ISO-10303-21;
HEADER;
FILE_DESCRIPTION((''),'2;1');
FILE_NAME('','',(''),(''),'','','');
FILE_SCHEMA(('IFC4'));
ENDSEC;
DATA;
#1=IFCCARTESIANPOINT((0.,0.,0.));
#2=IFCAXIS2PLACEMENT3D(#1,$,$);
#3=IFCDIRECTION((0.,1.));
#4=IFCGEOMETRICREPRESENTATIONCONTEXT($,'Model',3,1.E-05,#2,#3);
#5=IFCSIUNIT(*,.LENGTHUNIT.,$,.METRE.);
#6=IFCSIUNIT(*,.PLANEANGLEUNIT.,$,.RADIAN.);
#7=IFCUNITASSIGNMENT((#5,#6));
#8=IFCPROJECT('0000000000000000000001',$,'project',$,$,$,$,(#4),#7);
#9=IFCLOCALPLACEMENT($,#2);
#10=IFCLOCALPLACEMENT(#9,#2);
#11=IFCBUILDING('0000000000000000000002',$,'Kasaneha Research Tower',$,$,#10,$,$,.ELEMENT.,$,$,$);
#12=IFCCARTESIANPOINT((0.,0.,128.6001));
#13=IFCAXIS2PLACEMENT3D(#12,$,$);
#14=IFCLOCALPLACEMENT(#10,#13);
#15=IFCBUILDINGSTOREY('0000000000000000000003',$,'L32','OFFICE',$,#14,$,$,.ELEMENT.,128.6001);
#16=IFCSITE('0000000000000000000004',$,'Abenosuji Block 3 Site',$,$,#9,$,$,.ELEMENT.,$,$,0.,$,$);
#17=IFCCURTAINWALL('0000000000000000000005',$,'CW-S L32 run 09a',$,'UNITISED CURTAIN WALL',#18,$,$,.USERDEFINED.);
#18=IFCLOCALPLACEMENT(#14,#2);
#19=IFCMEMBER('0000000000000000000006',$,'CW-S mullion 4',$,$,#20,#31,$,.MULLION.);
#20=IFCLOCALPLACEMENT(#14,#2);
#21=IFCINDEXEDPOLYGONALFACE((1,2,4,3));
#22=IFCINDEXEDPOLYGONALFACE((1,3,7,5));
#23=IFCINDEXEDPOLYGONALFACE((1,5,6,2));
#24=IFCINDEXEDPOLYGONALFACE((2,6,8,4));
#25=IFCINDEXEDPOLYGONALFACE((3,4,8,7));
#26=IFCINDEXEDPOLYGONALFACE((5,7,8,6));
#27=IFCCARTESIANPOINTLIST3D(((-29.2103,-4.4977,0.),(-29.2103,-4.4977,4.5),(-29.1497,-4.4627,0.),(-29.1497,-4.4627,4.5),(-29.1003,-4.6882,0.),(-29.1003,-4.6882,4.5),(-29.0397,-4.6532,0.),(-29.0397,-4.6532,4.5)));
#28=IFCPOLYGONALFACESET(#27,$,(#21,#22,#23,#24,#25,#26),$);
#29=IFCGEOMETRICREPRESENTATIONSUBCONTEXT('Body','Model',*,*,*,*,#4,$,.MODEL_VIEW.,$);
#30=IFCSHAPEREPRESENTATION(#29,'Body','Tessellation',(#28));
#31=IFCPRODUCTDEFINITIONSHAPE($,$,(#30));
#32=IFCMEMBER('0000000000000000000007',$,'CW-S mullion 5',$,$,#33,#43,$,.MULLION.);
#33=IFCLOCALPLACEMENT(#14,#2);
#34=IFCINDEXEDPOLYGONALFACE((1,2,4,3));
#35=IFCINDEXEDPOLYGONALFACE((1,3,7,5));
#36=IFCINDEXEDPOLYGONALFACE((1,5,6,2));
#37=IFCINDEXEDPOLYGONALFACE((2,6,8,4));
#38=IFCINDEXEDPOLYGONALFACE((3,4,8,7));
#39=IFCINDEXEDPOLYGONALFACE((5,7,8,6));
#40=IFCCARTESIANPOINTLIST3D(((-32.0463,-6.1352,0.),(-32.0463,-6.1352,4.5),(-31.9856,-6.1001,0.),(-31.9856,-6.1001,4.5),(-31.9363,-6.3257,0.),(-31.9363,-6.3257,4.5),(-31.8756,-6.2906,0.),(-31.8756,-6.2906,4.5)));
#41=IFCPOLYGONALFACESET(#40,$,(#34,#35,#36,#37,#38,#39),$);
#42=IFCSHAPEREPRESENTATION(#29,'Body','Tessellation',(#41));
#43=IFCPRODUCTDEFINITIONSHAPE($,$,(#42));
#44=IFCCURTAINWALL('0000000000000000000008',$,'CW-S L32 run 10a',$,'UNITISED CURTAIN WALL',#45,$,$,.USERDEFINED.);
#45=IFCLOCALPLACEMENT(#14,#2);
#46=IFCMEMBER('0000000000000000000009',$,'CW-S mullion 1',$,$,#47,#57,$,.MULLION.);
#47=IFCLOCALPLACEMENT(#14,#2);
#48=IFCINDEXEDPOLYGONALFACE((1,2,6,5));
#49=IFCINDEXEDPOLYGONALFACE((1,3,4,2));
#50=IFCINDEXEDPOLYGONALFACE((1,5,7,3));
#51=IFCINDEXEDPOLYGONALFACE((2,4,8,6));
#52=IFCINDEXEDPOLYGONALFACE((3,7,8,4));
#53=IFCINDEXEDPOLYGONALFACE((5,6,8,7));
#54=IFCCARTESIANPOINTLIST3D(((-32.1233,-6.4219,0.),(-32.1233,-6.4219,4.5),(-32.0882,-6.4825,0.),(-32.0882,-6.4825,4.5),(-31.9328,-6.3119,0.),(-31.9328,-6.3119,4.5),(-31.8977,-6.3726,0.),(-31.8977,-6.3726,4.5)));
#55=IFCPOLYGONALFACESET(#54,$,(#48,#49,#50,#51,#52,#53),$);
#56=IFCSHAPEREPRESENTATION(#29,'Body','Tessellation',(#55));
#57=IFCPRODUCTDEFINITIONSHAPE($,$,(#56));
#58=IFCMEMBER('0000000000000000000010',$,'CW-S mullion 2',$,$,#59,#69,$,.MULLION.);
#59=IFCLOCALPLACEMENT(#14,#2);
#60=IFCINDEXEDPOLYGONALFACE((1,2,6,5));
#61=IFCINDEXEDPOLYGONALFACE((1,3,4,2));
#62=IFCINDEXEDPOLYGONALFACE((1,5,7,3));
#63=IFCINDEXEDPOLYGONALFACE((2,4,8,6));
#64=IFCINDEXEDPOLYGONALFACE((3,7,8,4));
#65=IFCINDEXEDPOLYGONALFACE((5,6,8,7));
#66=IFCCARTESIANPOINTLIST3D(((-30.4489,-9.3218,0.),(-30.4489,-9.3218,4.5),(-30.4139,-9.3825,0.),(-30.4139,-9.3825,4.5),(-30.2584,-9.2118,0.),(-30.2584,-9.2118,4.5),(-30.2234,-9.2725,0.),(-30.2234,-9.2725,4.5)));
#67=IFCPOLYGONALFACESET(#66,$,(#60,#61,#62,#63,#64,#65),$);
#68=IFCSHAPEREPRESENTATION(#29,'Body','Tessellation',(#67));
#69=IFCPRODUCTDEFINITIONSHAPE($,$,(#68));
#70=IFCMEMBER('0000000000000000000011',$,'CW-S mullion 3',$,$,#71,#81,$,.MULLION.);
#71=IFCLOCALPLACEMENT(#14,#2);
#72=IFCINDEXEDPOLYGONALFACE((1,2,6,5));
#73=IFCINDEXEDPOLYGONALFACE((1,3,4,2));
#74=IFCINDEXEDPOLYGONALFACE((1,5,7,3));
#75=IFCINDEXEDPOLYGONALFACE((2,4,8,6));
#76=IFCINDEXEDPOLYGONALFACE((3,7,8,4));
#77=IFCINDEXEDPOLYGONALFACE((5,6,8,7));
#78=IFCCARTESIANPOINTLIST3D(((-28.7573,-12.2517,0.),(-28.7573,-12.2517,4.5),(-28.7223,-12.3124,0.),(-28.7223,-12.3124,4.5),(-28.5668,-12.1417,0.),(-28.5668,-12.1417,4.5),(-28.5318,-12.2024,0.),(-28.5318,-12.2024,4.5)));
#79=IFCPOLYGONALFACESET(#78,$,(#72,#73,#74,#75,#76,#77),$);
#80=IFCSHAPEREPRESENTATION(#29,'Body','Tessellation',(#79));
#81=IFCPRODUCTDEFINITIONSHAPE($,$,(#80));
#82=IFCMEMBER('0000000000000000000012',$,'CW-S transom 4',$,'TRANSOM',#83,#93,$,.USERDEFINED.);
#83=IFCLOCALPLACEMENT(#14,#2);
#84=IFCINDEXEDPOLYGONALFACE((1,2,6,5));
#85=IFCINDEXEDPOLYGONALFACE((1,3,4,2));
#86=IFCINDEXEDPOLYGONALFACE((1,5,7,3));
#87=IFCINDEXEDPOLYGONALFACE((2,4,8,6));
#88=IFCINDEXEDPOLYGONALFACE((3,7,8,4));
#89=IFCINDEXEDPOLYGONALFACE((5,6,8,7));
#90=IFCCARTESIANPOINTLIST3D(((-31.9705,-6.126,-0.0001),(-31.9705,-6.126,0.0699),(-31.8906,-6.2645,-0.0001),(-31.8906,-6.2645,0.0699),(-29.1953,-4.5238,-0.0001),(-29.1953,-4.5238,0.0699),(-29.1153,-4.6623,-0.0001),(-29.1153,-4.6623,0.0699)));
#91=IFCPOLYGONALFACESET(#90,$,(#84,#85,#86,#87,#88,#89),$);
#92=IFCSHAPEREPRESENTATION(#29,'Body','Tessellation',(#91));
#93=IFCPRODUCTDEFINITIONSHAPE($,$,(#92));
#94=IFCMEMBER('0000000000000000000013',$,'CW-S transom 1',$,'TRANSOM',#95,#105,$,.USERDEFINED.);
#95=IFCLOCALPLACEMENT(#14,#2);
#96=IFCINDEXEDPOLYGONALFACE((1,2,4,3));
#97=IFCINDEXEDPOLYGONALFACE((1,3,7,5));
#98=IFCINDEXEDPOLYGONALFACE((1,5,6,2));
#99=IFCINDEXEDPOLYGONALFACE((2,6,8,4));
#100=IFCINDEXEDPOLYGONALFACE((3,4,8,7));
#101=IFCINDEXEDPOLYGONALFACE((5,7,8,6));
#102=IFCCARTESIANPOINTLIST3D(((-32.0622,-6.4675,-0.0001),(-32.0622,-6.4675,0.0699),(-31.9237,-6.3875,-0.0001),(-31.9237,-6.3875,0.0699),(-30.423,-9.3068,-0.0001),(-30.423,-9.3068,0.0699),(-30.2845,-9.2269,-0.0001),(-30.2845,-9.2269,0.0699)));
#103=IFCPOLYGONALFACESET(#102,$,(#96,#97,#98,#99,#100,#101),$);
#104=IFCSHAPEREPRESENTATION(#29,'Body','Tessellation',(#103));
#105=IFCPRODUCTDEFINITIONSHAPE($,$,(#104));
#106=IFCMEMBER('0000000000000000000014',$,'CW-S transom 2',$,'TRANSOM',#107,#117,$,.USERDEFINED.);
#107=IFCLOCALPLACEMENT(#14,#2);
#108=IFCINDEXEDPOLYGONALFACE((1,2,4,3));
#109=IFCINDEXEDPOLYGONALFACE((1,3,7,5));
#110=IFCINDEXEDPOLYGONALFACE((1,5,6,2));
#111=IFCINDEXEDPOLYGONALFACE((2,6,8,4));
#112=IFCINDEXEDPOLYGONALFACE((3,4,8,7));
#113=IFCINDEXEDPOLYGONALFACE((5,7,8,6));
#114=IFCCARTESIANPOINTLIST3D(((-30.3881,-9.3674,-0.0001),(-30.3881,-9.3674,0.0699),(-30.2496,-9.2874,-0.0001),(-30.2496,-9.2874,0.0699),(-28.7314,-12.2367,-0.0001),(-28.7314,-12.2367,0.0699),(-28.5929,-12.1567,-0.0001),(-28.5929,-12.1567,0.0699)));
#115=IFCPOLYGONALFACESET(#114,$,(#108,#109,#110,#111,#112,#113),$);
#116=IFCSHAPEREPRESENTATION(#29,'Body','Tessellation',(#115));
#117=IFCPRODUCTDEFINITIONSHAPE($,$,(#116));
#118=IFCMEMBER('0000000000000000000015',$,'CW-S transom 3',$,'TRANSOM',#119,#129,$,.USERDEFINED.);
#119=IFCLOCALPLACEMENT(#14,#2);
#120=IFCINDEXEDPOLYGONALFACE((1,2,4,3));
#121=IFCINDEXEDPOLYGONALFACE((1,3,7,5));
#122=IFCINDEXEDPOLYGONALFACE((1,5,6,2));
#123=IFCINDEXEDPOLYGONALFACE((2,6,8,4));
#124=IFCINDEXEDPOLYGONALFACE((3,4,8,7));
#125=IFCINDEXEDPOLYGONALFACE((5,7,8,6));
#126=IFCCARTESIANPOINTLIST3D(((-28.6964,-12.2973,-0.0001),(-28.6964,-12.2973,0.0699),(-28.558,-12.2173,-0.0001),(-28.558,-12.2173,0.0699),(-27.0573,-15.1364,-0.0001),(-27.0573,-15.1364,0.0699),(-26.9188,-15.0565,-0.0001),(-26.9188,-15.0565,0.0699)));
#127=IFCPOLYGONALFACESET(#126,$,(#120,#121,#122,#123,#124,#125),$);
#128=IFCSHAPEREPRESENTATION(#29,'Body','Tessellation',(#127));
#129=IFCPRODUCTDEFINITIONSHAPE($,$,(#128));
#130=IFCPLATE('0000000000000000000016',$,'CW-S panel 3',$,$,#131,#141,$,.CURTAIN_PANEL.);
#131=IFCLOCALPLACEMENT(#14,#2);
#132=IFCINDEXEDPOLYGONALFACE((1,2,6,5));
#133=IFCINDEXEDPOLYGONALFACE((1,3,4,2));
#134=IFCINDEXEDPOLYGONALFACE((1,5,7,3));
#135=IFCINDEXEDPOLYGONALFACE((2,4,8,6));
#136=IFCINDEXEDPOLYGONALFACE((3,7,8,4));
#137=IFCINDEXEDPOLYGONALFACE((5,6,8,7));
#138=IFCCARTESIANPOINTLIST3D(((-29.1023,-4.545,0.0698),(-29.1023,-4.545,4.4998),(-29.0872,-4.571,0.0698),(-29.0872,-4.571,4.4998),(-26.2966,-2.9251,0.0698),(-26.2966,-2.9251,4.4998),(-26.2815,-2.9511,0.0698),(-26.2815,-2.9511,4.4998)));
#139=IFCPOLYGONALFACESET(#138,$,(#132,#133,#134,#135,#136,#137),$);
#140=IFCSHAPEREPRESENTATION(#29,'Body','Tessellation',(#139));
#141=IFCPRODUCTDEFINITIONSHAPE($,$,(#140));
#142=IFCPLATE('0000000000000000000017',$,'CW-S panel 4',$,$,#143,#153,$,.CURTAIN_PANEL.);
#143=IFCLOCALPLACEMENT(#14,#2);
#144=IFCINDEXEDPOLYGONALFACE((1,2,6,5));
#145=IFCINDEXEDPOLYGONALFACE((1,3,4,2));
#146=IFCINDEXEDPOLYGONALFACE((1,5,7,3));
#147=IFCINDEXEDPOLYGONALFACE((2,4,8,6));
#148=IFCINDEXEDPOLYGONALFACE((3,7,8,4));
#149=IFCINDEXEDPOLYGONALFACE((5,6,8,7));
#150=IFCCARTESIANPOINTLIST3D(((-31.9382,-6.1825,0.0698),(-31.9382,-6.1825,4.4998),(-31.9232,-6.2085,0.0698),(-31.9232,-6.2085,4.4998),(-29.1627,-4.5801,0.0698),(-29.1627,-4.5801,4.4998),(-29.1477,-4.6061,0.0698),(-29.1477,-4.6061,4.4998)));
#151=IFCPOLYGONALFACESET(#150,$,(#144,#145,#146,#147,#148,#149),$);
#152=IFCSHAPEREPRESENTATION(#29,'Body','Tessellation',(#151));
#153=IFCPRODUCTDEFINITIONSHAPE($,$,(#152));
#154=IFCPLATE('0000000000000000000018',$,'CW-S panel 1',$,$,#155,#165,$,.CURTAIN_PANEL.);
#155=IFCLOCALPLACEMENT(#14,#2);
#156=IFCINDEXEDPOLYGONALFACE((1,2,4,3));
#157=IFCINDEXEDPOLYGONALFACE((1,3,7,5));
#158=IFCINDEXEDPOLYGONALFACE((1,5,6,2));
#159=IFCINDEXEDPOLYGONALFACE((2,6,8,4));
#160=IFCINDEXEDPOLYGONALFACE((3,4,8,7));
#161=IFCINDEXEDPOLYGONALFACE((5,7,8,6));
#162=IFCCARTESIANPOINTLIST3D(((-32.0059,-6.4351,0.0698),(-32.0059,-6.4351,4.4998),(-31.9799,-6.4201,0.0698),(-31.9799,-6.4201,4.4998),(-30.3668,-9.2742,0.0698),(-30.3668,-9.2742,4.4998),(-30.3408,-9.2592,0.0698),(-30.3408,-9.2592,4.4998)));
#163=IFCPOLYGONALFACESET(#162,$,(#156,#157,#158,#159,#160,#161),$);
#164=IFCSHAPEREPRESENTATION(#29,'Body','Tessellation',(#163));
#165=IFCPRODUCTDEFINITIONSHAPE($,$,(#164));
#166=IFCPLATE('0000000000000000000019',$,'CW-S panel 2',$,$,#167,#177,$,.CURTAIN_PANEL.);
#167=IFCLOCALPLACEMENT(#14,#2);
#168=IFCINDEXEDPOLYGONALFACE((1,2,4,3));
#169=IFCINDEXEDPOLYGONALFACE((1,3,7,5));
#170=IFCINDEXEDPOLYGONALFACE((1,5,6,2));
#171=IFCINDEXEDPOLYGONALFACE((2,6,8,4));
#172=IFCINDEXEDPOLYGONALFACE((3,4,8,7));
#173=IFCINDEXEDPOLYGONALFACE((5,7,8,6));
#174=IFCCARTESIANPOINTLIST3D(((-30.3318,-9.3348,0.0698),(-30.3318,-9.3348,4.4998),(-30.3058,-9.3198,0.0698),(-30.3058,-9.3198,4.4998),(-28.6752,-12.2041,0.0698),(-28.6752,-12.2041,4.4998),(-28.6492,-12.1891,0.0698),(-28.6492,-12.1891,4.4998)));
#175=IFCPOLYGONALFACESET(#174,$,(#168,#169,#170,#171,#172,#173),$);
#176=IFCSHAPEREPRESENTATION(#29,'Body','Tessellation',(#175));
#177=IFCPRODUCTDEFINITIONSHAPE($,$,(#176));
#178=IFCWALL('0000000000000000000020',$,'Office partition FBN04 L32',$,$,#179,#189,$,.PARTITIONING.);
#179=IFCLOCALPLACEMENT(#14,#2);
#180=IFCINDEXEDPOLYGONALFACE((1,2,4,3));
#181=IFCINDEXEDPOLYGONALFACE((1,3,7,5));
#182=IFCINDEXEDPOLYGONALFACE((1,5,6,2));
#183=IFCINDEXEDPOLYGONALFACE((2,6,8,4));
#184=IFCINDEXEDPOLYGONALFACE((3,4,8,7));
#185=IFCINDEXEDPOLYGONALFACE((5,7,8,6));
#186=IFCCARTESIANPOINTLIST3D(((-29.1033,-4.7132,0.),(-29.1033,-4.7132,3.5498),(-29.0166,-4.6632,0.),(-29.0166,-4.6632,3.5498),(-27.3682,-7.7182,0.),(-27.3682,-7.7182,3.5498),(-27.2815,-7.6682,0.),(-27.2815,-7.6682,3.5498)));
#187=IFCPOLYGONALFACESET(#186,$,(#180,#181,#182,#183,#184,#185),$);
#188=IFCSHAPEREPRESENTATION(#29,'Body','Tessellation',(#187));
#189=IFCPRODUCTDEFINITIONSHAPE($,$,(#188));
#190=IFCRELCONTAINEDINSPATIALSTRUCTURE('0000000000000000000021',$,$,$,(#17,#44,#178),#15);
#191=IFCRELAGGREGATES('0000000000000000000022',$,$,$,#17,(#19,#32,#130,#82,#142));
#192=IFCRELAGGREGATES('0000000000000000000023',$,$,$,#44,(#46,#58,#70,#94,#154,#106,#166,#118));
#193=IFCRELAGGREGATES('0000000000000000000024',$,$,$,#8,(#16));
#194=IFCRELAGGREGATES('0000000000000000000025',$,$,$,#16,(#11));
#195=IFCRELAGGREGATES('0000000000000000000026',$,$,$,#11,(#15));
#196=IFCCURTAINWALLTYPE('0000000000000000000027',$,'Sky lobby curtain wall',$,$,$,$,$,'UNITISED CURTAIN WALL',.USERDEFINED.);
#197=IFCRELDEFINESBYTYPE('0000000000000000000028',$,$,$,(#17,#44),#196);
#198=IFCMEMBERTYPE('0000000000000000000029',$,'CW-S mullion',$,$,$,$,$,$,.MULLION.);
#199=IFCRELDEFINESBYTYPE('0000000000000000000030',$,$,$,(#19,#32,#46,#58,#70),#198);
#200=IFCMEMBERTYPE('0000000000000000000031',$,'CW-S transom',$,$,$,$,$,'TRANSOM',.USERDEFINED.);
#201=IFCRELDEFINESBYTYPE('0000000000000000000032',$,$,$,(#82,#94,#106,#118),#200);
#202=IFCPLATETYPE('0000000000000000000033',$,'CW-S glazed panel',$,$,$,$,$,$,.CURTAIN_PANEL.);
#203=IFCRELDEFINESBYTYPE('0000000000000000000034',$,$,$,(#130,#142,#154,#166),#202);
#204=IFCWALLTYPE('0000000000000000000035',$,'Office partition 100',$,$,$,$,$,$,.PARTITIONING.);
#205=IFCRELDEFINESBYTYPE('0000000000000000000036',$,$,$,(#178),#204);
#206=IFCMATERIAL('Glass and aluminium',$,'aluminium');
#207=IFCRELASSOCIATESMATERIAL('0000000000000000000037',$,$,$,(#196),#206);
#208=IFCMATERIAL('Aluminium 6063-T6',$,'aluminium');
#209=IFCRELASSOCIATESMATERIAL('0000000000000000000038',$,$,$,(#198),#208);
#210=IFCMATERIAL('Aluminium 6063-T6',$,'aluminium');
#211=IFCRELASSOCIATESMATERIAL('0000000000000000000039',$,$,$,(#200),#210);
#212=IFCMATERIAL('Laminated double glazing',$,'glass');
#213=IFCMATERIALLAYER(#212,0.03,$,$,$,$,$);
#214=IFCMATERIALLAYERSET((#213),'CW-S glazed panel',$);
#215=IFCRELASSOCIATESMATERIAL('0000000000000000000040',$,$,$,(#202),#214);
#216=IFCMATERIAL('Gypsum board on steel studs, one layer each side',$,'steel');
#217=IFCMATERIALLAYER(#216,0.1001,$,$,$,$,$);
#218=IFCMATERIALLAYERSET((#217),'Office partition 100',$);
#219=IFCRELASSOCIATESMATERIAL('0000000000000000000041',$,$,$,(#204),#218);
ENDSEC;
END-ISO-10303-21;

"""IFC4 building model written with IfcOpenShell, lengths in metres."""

from ifc_helpers import new_model, si_unit, direction, frame, frame_2d, origin, origin_2d, place, context, subcontext, project, spatial, rectangle, extrude, material, layer, layer_set, material_profile, profile_set, type_object, element, aggregate, save


model = new_model("IFC4")

# Units and contexts
model_context = context("Model", 3, precision=1e-05, world=origin(), true_north=direction((0.0, 1.0)))
body_context = subcontext(model_context, "Body", "Model", "MODEL_VIEW")
ifc_project = project(units=[si_unit("LENGTHUNIT", "METRE"), si_unit("PLANEANGLEUNIT", "RADIAN")], contexts=[model_context])

# Site, building, storey
site_placement = place(None, origin())
site = spatial("IfcSite", under=ifc_project, at=site_placement, Name="Abenosuji Block 3 Site", CompositionType="ELEMENT", RefElevation=0.0)
building_placement = place(site_placement, origin())
building = spatial("IfcBuilding", under=site, at=building_placement, Name="Kasaneha Research Tower", CompositionType="ELEMENT")
storey_placement = place(building_placement, frame((0.0, 0.0, 128.6001)))
storey = spatial("IfcBuildingStorey", under=building, at=storey_placement, Name="L32", Description="OFFICE", CompositionType="ELEMENT", Elevation=128.6001)

# Curtain walls, members
ifc_material_1 = material(Name="Glass and aluminium", Category="aluminium")
curtain_wall_type = type_object("IfcCurtainWallType", Name="Sky lobby curtain wall", ElementType="UNITISED CURTAIN WALL", PredefinedType="USERDEFINED", material=ifc_material_1)
curtain_wall_1_placement = place(storey_placement, origin())
curtain_wall_1 = element("IfcCurtainWall", 1, at=curtain_wall_1_placement, inside=storey, type_object=curtain_wall_type, Name="CW-S L32 run 09a", ObjectType="UNITISED CURTAIN WALL", PredefinedType="USERDEFINED")
ifc_material_2 = material(Name="Aluminium 6063-T6", Category="aluminium")
ifc_material_profile_1 = material_profile(ifc_material_2, rectangle(XDim=0.0701, YDim=0.22, at=origin_2d()), Name="CW-S mullion 70x220")
ifc_profile_set_1 = profile_set([ifc_material_profile_1], Name="Aluminium 6063-T6")
member_type_1 = type_object("IfcMemberType", Name="CW-S mullion", PredefinedType="MULLION", material=ifc_profile_set_1)
member_1_placement = place(storey_placement, frame((-29.125, -4.5754, 0.0), z_axis=(0.0, 0.0, 1.0), x_axis=(-0.866025, -0.5, 0.0)))
member_1 = element("IfcMember", 2, at=member_1_placement, type_object=member_type_1, Name="CW-S mullion 4", PredefinedType="MULLION", context=body_context, shape_type="SweptSolid", body=[
    extrude(rectangle(XDim=0.0701, YDim=0.22, at=origin_2d()), origin(), (0.0, 0.0, 1.0), 4.5),
])
member_2_placement = place(storey_placement, frame((-31.9609, -6.2129, 0.0), z_axis=(0.0, 0.0, 1.0), x_axis=(-0.866025, -0.5, 0.0)))
member_2 = element("IfcMember", 3, at=member_2_placement, type_object=member_type_1, Name="CW-S mullion 5", PredefinedType="MULLION", context=body_context, shape_type="SweptSolid", body=[
    extrude(rectangle(XDim=0.0701, YDim=0.22, at=origin_2d()), origin(), (0.0, 0.0, 1.0), 4.5),
])
curtain_wall_2_placement = place(storey_placement, origin())
curtain_wall_2 = element("IfcCurtainWall", 4, at=curtain_wall_2_placement, inside=storey, type_object=curtain_wall_type, Name="CW-S L32 run 10a", ObjectType="UNITISED CURTAIN WALL", PredefinedType="USERDEFINED")
member_3_placement = place(storey_placement, frame((-32.0105, -6.3972, 0.0), z_axis=(0.0, 0.0, 1.0), x_axis=(0.5, -0.866025, 0.0)))
member_3 = element("IfcMember", 5, at=member_3_placement, type_object=member_type_1, Name="CW-S mullion 1", PredefinedType="MULLION", context=body_context, shape_type="SweptSolid", body=[
    extrude(rectangle(XDim=0.0701, YDim=0.22, at=origin_2d()), origin(), (0.0, 0.0, 1.0), 4.5),
])
member_4_placement = place(storey_placement, frame((-30.3362, -9.2971, 0.0), z_axis=(0.0, 0.0, 1.0), x_axis=(0.5, -0.866025, 0.0)))
member_4 = element("IfcMember", 6, at=member_4_placement, type_object=member_type_1, Name="CW-S mullion 2", PredefinedType="MULLION", context=body_context, shape_type="SweptSolid", body=[
    extrude(rectangle(XDim=0.0701, YDim=0.22, at=origin_2d()), origin(), (0.0, 0.0, 1.0), 4.5),
])
member_5_placement = place(storey_placement, frame((-28.6445, -12.2271, 0.0), z_axis=(0.0, 0.0, 1.0), x_axis=(0.5, -0.866025, 0.0)))
member_5 = element("IfcMember", 7, at=member_5_placement, type_object=member_type_1, Name="CW-S mullion 3", PredefinedType="MULLION", context=body_context, shape_type="SweptSolid", body=[
    extrude(rectangle(XDim=0.0701, YDim=0.22, at=origin_2d()), origin(), (0.0, 0.0, 1.0), 4.5),
])

# Members
ifc_material_3 = material(Name="Aluminium 6063-T6", Category="aluminium")
ifc_material_profile_2 = material_profile(ifc_material_3, rectangle(XDim=0.1599, YDim=0.0701, at=origin_2d()), Name="CW-S transom 160x70")
ifc_profile_set_2 = profile_set([ifc_material_profile_2], Name="Aluminium 6063-T6")
member_type_2 = type_object("IfcMemberType", Name="CW-S transom", ElementType="TRANSOM", PredefinedType="USERDEFINED", material=ifc_profile_set_2)
member_6_placement = place(storey_placement, frame((-29.1553, -4.593, 0.0349), z_axis=(-0.866036, -0.499982, 0.0), x_axis=(0.499982, -0.866036, 0.0)))
member_6 = element("IfcMember", 8, at=member_6_placement, type_object=member_type_2, Name="CW-S transom 4", ObjectType="TRANSOM", PredefinedType="USERDEFINED", context=body_context, shape_type="SweptSolid", body=[
    extrude(rectangle(XDim=0.1599, YDim=0.0701, at=origin_2d()), origin(), (0.0, 0.0, 1.0), 3.2046),
])
member_7_placement = place(storey_placement, frame((-31.9929, -6.4275, 0.0349), z_axis=(0.499967, -0.866044, 0.0), x_axis=(0.866044, 0.499967, 0.0)))
member_7 = element("IfcMember", 9, at=member_7_placement, type_object=member_type_2, Name="CW-S transom 1", ObjectType="TRANSOM", PredefinedType="USERDEFINED", context=body_context, shape_type="SweptSolid", body=[
    extrude(rectangle(XDim=0.1599, YDim=0.0701, at=origin_2d()), origin(), (0.0, 0.0, 1.0), 3.2786),
])
member_8_placement = place(storey_placement, frame((-30.3188, -9.3274, 0.0349), z_axis=(0.500022, -0.866013, 0.0), x_axis=(0.866013, 0.500022, 0.0)))
member_8 = element("IfcMember", 10, at=member_8_placement, type_object=member_type_2, Name="CW-S transom 2", ObjectType="TRANSOM", PredefinedType="USERDEFINED", context=body_context, shape_type="SweptSolid", body=[
    extrude(rectangle(XDim=0.1599, YDim=0.0701, at=origin_2d()), origin(), (0.0, 0.0, 1.0), 3.3132),
])
member_9_placement = place(storey_placement, frame((-28.6272, -12.2573, 0.0349), z_axis=(0.5, -0.866026, 0.0), x_axis=(0.866026, 0.5, 0.0)))
member_9 = element("IfcMember", 11, at=member_9_placement, type_object=member_type_2, Name="CW-S transom 3", ObjectType="TRANSOM", PredefinedType="USERDEFINED", context=body_context, shape_type="SweptSolid", body=[
    extrude(rectangle(XDim=0.1599, YDim=0.0701, at=origin_2d()), origin(), (0.0, 0.0, 1.0), 3.2783),
])

# Plates
ifc_material_4 = material(Name="Laminated double glazing", Category="glass")
ifc_layer_1 = layer(ifc_material_4, 0.03)
ifc_layer_set_1 = layer_set([ifc_layer_1], Name="CW-S glazed panel")
plate_type = type_object("IfcPlateType", Name="CW-S glazed panel", PredefinedType="CURTAIN_PANEL", material=ifc_layer_set_1)
plate_1_placement = place(storey_placement, frame((-27.6919, -3.748, 0.0698), z_axis=(0.0, 0.0, 1.0), x_axis=(-0.866025, -0.5, 0.0)))
plate_1 = element("IfcPlate", 12, at=plate_1_placement, type_object=plate_type, Name="CW-S panel 3", PredefinedType="CURTAIN_PANEL", context=body_context, shape_type="SweptSolid", body=[
    extrude(rectangle(XDim=3.2397, YDim=0.03, at=origin_2d()), origin(), (0.0, 0.0, 1.0), 4.4299),
])
plate_2_placement = place(storey_placement, frame((-30.543, -5.3943, 0.0698), z_axis=(0.0, 0.0, 1.0), x_axis=(-0.866025, -0.5, 0.0)))
plate_2 = element("IfcPlate", 13, at=plate_2_placement, type_object=plate_type, Name="CW-S panel 4", PredefinedType="CURTAIN_PANEL", context=body_context, shape_type="SweptSolid", body=[
    extrude(rectangle(XDim=3.2048, YDim=0.03, at=origin_2d()), origin(), (0.0, 0.0, 1.0), 4.4299),
])
aggregate(curtain_wall_1, [member_1, member_2, plate_1, member_6, plate_2])
plate_3_placement = place(storey_placement, frame((-31.1733, -7.8472, 0.0698), z_axis=(0.0, 0.0, 1.0), x_axis=(0.5, -0.866025, 0.0)))
plate_3 = element("IfcPlate", 14, at=plate_3_placement, type_object=plate_type, Name="CW-S panel 1", PredefinedType="CURTAIN_PANEL", context=body_context, shape_type="SweptSolid", body=[
    extrude(rectangle(XDim=3.2783, YDim=0.03, at=origin_2d()), origin(), (0.0, 0.0, 1.0), 4.4299),
])
plate_4_placement = place(storey_placement, frame((-29.4905, -10.762, 0.0698), z_axis=(0.0, 0.0, 1.0), x_axis=(0.5, -0.866025, 0.0)))
plate_4 = element("IfcPlate", 15, at=plate_4_placement, type_object=plate_type, Name="CW-S panel 2", PredefinedType="CURTAIN_PANEL", context=body_context, shape_type="SweptSolid", body=[
    extrude(rectangle(XDim=3.3132, YDim=0.03, at=origin_2d()), origin(), (0.0, 0.0, 1.0), 4.4299),
])
aggregate(curtain_wall_2, [member_3, member_4, member_5, member_7, plate_3, member_8, plate_4, member_9])

# Wall
ifc_material_5 = material(Name="Gypsum board on steel studs, one layer each side", Category="steel")
ifc_layer_2 = layer(ifc_material_5, 0.1001)
ifc_layer_set_2 = layer_set([ifc_layer_2], Name="Office partition 100")
wall_type = type_object("IfcWallType", Name="Office partition 100", PredefinedType="PARTITIONING", material=ifc_layer_set_2)
wall_1_placement = place(storey_placement, frame((-27.325, -7.6931, 0.0), z_axis=(0.0, 0.0, 1.0), x_axis=(-0.500021, 0.866013, 0.0)))
element("IfcWall", 16, at=wall_1_placement, inside=storey, type_object=wall_type, Name="Office partition FBN04 L32", PredefinedType="PARTITIONING", context=body_context, shape_type="SweptSolid", body=[
    extrude(rectangle(XDim=3.47, YDim=0.1001, at=frame_2d((1.7349, 0.0))), origin(), (0.0, 0.0, 1.0), 3.5498),
])

save(model, "model.ifc")
